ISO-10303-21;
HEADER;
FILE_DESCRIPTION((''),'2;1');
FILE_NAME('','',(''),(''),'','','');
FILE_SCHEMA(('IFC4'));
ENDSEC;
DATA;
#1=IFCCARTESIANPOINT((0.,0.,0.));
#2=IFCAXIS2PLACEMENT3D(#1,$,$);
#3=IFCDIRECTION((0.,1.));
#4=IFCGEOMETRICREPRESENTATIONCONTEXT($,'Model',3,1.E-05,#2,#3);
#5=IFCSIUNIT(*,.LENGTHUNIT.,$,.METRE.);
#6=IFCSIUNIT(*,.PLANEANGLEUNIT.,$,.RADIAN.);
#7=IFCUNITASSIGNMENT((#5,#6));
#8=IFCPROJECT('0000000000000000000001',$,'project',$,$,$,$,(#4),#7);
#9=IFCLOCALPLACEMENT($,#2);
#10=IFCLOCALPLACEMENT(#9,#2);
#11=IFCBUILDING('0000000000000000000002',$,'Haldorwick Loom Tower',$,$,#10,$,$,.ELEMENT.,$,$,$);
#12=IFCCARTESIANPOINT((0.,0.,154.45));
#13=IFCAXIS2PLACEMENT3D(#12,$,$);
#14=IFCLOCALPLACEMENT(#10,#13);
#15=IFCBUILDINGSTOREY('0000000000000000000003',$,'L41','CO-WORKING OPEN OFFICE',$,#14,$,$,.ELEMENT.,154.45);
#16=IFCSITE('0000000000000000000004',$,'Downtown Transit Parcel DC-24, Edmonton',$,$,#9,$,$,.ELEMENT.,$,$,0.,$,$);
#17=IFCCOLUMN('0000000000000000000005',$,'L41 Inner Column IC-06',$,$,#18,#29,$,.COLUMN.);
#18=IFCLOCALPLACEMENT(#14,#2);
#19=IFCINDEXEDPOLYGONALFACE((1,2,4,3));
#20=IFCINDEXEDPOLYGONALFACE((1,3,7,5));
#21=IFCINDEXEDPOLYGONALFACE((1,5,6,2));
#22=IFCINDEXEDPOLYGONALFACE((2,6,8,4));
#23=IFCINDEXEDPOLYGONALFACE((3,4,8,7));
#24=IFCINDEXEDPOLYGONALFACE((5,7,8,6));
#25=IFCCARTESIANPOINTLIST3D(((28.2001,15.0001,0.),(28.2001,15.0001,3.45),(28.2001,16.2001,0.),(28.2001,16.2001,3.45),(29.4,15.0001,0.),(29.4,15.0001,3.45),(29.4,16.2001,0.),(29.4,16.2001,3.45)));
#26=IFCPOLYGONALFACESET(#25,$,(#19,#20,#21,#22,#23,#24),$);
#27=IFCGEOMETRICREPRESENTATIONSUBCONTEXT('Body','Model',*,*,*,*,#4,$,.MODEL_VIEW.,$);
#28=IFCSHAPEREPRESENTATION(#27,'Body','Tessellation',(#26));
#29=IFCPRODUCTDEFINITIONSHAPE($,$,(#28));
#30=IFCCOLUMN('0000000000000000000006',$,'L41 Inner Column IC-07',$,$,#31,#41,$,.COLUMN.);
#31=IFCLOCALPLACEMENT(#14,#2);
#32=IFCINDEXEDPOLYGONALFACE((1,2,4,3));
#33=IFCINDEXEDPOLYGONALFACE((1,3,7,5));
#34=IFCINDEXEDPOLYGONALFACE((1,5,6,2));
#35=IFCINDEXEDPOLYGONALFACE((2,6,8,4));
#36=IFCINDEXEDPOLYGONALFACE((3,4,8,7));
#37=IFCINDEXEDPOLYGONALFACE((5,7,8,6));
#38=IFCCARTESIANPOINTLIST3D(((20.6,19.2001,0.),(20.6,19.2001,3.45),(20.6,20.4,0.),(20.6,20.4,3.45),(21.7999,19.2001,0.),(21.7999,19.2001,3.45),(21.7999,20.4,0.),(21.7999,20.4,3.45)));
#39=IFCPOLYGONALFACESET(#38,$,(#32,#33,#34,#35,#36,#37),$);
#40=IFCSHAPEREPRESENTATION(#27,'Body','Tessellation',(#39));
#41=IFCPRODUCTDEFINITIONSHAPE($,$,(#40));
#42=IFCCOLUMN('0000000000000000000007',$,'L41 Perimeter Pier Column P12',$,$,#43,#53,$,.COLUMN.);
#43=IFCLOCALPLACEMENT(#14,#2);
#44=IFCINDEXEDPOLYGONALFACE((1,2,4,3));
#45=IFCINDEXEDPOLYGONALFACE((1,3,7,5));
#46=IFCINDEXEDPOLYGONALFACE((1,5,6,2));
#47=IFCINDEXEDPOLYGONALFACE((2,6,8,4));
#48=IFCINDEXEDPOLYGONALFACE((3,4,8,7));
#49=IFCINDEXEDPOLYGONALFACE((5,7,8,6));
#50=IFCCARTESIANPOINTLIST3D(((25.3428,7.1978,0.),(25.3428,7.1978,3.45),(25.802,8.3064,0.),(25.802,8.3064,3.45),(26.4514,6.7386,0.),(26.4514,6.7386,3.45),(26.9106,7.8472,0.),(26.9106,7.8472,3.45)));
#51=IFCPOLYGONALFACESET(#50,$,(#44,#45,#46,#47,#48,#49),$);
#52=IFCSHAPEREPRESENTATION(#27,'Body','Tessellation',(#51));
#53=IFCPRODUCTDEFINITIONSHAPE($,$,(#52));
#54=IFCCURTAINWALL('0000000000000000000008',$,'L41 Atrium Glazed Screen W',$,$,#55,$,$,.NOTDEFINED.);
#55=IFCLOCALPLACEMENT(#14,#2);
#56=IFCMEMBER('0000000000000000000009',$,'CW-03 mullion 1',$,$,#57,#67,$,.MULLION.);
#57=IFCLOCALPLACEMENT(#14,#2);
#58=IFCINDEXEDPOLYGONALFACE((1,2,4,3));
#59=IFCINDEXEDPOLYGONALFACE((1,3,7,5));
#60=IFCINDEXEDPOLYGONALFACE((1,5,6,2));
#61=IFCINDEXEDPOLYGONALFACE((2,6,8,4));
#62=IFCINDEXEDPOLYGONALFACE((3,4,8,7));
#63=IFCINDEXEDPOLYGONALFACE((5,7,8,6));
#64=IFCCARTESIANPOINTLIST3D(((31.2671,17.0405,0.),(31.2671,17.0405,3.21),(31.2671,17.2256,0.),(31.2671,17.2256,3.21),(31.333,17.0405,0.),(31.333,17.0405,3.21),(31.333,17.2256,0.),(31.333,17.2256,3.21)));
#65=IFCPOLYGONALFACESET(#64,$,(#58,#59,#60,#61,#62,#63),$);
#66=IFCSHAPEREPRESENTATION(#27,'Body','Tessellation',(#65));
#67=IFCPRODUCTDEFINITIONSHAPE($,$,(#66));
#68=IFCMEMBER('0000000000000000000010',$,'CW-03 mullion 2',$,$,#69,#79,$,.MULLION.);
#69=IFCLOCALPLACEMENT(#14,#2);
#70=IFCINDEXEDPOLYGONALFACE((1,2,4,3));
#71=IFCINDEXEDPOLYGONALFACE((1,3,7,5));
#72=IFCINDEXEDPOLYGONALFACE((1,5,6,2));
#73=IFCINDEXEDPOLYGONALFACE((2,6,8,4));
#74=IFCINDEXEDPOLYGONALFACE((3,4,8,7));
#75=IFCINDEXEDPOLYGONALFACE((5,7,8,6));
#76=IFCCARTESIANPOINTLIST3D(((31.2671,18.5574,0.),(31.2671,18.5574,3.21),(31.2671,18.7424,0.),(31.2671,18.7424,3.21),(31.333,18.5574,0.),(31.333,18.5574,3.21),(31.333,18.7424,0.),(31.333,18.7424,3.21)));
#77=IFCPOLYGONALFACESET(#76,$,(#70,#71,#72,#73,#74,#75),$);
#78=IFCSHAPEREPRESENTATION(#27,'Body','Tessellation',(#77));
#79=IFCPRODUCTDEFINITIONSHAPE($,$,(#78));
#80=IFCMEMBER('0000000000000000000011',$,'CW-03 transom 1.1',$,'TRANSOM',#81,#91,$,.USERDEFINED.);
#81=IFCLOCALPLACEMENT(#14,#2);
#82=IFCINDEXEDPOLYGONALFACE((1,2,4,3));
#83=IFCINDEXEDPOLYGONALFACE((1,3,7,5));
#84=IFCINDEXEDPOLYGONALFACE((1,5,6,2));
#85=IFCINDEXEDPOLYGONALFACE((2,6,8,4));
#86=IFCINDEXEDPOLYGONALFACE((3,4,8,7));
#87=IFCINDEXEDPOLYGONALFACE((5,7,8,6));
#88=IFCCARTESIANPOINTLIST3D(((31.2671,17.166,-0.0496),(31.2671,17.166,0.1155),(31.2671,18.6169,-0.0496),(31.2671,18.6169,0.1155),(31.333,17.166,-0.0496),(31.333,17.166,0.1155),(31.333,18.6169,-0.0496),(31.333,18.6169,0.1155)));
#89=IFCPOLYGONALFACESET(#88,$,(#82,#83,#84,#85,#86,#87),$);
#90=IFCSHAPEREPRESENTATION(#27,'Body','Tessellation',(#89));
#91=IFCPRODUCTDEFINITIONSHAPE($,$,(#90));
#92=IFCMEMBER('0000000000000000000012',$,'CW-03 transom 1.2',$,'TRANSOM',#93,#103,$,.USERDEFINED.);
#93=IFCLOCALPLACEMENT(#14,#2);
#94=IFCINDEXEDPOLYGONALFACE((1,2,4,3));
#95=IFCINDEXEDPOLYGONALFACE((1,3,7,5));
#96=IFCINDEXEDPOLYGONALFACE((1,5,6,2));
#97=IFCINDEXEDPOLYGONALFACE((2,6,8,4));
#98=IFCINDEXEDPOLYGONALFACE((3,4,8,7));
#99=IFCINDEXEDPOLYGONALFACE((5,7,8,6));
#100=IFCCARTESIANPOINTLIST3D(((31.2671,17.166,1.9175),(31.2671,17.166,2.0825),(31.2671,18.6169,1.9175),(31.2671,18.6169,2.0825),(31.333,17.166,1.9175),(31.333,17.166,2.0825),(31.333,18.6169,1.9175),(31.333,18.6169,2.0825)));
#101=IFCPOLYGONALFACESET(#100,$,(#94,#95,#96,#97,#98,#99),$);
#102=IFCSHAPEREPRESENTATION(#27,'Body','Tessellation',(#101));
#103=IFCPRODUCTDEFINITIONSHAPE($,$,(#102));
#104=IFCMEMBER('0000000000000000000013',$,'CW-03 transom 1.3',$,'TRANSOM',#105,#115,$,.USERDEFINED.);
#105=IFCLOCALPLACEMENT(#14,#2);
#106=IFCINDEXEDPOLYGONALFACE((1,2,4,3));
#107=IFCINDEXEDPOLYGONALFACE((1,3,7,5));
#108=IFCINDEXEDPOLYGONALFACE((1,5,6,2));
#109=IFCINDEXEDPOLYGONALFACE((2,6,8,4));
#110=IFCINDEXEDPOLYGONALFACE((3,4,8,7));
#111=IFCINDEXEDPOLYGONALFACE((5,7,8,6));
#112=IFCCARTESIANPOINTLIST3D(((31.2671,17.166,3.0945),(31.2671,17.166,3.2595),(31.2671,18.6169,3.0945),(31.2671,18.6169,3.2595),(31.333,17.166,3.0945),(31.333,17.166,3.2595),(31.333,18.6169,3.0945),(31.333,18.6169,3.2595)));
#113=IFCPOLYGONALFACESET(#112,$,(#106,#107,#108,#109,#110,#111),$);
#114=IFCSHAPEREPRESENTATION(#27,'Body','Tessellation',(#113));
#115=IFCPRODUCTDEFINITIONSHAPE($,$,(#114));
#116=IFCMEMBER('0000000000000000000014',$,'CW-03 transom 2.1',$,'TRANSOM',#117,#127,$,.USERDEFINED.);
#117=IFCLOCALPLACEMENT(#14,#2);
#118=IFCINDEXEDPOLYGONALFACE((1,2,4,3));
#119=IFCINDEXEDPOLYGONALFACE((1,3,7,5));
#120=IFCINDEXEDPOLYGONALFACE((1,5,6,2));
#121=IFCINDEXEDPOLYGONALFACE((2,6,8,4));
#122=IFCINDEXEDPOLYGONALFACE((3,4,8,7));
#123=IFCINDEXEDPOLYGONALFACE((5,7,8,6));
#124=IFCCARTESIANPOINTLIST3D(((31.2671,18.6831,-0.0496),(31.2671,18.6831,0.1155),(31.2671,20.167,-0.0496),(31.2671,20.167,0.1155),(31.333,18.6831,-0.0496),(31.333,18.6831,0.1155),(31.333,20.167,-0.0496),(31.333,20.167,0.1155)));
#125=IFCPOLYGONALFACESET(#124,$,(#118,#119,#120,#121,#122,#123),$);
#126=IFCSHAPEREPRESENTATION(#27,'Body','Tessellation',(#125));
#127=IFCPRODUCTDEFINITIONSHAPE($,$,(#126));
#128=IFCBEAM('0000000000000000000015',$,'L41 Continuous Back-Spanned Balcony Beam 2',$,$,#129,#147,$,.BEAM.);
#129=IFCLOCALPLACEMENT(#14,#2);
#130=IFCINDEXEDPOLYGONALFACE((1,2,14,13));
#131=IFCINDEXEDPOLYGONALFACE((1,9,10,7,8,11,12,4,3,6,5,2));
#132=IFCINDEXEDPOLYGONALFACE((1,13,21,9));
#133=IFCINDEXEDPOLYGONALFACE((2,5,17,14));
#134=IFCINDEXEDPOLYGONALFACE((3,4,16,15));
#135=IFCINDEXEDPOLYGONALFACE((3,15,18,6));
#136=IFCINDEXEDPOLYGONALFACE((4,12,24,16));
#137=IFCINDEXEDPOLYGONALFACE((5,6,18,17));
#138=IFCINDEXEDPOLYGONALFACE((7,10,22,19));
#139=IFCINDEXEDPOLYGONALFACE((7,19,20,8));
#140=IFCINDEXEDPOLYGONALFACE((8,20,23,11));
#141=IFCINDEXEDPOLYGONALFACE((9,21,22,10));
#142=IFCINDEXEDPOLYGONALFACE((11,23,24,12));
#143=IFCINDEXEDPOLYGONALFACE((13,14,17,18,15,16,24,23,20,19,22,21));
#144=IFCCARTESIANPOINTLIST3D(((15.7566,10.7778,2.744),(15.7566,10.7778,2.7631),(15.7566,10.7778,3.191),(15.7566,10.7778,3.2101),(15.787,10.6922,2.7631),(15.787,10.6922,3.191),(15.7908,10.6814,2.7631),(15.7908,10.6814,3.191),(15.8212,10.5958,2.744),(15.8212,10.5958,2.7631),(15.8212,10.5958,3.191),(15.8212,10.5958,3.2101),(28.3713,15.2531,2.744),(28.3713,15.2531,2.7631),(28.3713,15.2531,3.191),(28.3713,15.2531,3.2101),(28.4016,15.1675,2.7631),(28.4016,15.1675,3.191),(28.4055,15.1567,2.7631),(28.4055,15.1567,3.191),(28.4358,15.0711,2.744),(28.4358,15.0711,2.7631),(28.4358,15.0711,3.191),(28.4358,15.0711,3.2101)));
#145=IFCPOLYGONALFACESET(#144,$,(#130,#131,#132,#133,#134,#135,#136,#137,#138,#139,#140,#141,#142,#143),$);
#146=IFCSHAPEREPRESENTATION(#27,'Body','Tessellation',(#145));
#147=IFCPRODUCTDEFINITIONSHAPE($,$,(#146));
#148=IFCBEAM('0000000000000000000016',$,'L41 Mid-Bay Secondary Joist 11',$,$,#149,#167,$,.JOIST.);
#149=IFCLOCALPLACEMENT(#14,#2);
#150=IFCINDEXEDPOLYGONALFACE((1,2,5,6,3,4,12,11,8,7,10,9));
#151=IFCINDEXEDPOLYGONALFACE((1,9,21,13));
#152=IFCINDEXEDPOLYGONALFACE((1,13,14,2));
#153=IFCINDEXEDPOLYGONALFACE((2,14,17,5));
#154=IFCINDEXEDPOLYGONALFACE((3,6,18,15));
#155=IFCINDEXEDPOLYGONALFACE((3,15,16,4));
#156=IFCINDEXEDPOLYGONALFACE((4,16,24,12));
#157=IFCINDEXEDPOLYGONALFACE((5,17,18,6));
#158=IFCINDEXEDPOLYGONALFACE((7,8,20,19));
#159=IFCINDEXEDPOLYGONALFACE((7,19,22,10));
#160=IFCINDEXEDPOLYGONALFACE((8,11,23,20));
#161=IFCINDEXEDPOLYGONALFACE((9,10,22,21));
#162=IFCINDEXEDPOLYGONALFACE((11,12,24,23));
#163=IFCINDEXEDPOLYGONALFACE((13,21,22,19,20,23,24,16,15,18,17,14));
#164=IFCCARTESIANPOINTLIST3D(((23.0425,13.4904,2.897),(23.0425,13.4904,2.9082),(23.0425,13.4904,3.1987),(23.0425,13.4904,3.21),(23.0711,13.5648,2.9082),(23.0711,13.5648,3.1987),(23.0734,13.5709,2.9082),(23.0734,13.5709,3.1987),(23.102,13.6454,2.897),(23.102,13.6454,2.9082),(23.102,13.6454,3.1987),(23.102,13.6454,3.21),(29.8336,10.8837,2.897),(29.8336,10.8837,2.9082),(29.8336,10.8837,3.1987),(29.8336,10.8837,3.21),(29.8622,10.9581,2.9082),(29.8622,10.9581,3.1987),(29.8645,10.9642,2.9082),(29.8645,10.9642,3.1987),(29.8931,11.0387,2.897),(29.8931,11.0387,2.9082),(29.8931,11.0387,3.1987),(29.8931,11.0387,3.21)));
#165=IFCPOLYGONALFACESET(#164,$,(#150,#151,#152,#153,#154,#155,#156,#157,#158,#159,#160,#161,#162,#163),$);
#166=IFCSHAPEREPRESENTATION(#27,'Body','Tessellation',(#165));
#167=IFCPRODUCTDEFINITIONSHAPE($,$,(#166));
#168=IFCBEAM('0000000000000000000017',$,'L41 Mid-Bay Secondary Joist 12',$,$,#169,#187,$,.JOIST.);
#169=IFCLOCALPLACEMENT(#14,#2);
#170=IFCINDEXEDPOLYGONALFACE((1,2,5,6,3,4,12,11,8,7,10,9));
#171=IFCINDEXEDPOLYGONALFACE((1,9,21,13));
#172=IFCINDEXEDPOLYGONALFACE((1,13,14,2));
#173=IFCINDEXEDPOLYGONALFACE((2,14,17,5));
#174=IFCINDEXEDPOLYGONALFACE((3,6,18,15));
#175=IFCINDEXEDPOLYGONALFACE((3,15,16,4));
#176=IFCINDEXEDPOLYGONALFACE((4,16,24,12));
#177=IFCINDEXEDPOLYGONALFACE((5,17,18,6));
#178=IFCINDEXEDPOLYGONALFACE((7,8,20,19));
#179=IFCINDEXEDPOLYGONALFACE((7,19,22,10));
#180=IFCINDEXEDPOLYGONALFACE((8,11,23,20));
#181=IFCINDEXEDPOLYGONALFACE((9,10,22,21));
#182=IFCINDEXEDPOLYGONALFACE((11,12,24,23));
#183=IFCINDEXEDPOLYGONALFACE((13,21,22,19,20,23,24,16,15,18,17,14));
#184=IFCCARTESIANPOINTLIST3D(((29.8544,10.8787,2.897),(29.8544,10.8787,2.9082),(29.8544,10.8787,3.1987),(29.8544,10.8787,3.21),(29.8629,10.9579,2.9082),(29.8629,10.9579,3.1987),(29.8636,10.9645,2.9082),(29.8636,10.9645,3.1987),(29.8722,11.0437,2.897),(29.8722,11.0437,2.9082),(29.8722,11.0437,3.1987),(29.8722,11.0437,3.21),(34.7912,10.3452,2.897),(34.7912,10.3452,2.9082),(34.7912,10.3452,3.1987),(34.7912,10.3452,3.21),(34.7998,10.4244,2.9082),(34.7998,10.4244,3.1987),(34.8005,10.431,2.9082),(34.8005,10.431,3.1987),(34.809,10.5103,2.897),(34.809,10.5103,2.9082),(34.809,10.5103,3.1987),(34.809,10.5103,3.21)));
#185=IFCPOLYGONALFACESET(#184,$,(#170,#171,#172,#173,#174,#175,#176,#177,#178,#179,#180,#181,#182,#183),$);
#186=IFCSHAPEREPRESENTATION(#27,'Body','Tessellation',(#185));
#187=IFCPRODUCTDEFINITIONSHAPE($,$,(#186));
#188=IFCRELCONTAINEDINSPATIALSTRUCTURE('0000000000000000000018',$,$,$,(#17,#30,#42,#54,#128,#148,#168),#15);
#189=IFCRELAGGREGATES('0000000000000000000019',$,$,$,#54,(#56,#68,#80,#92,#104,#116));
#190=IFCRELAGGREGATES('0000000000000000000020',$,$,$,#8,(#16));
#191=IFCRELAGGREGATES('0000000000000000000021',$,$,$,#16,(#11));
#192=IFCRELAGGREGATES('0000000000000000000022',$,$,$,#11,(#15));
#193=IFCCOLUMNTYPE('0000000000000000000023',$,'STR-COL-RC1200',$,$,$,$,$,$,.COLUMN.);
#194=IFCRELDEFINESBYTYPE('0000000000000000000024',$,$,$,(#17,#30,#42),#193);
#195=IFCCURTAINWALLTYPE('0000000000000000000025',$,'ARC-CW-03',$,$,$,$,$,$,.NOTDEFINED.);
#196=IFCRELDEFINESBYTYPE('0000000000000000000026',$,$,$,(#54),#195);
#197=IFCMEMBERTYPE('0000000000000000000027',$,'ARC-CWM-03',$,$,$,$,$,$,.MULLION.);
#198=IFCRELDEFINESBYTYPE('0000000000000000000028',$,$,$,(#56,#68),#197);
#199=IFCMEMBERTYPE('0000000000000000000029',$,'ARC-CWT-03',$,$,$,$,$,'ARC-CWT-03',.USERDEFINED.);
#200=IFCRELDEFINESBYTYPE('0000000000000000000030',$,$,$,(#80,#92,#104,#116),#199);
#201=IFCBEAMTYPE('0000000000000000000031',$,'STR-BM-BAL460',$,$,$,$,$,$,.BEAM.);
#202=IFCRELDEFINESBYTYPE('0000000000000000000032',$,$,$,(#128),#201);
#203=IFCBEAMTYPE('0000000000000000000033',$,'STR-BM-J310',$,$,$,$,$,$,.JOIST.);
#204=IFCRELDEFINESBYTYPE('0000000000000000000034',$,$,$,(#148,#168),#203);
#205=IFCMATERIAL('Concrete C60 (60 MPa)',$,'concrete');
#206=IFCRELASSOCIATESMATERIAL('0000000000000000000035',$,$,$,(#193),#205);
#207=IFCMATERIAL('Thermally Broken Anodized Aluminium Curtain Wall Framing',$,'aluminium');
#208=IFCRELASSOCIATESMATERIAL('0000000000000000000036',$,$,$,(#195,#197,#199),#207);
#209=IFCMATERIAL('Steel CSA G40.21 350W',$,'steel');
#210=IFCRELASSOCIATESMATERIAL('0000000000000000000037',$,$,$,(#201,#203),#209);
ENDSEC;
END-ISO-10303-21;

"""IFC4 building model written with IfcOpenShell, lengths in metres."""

from ifc_helpers import new_model, si_unit, direction, frame, origin, origin_2d, place, context, subcontext, project, spatial, rectangle, i_section, extrude, material, material_profile, profile_set, type_object, element, aggregate, save


model = new_model("IFC4")

# Units and contexts
model_context = context("Model", 3, precision=1e-05, world=origin(), true_north=direction((0.0, 1.0)))
body_context = subcontext(model_context, "Body", "Model", "MODEL_VIEW")
ifc_project = project(units=[si_unit("LENGTHUNIT", "METRE"), si_unit("PLANEANGLEUNIT", "RADIAN")], contexts=[model_context])

# Site, building, storey
site_placement = place(None, origin())
site = spatial("IfcSite", under=ifc_project, at=site_placement, Name="Downtown Transit Parcel DC-24, Edmonton", CompositionType="ELEMENT", RefElevation=0.0)
building_placement = place(site_placement, origin())
building = spatial("IfcBuilding", under=site, at=building_placement, Name="Haldorwick Loom Tower", CompositionType="ELEMENT")
storey_placement = place(building_placement, frame((0.0, 0.0, 154.45)))
storey = spatial("IfcBuildingStorey", under=building, at=storey_placement, Name="L41", Description="CO-WORKING OPEN OFFICE", CompositionType="ELEMENT", Elevation=154.45)

# Columns
ifc_material_1 = material(Name="Concrete C60 (60 MPa)", Category="concrete")
ifc_material_profile_1 = material_profile(ifc_material_1, rectangle(XDim=1.2, YDim=1.2, at=origin_2d()), Name="RC1200X1200", Category="concrete")
ifc_profile_set_1 = profile_set([ifc_material_profile_1], Name="Concrete C60 (60 MPa)")
column_type = type_object("IfcColumnType", Name="STR-COL-RC1200", PredefinedType="COLUMN", material=ifc_profile_set_1)
for number, where, z_axis, x_axis, name in (
    (1, (28.8, 15.6001, 0.0), (0.0, 0.0, 1.0), (1.0, 0.0, 0.0), "L41 Inner Column IC-06"),
    (2, (21.2, 19.8, 0.0), (0.0, 0.0, 1.0), (1.0, 0.0, 0.0), "L41 Inner Column IC-07"),
    (3, (26.1267, 7.5225, 0.0), (0.0, 0.0, 1.0), (-0.382683, -0.92388, 0.0), "L41 Perimeter Pier Column P12"),
):
    element("IfcColumn", number, at=place(storey_placement, frame(where, z_axis=z_axis, x_axis=x_axis)), inside=storey, type_object=column_type, Name=name, PredefinedType="COLUMN", context=body_context, shape_type="SweptSolid", body=[
        extrude(rectangle(XDim=1.2, YDim=1.2, at=origin_2d()), origin(), (0.0, 0.0, 1.0), 3.45),
    ])

# Curtain wall, members
ifc_material_2 = material(Name="Thermally Broken Anodized Aluminium Curtain Wall Framing", Category="aluminium")
curtain_wall_type = type_object("IfcCurtainWallType", Name="ARC-CW-03", PredefinedType="NOTDEFINED", material=ifc_material_2)
curtain_wall_placement = place(storey_placement, origin())
curtain_wall = element("IfcCurtainWall", 4, at=curtain_wall_placement, inside=storey, type_object=curtain_wall_type, Name="L41 Atrium Glazed Screen W", PredefinedType="NOTDEFINED")
ifc_material_profile_2 = material_profile(ifc_material_2, rectangle(XDim=0.0659, YDim=0.1851, at=origin_2d()), Name="ALU_MUL_66X185", Category="aluminium")
ifc_profile_set_2 = profile_set([ifc_material_profile_2], Name="Thermally Broken Anodized Aluminium Curtain Wall Framing")
member_type_1 = type_object("IfcMemberType", Name="ARC-CWM-03", PredefinedType="MULLION", material=ifc_profile_set_2)
member_1_placement = place(storey_placement, frame((31.3, 17.1331, 0.0), z_axis=(0.0, 0.0, 1.0), x_axis=(-1.0, 0.0, 0.0)))
member_1 = element("IfcMember", 5, at=member_1_placement, type_object=member_type_1, Name="CW-03 mullion 1", PredefinedType="MULLION", context=body_context, shape_type="SweptSolid", body=[
    extrude(rectangle(XDim=0.0659, YDim=0.1851, at=origin_2d()), origin(), (0.0, 0.0, 1.0), 3.21),
])
member_2_placement = place(storey_placement, frame((31.3, 18.6499, 0.0), z_axis=(0.0, 0.0, 1.0), x_axis=(-1.0, 0.0, 0.0)))
member_2 = element("IfcMember", 6, at=member_2_placement, type_object=member_type_1, Name="CW-03 mullion 2", PredefinedType="MULLION", context=body_context, shape_type="SweptSolid", body=[
    extrude(rectangle(XDim=0.0659, YDim=0.1851, at=origin_2d()), origin(), (0.0, 0.0, 1.0), 3.21),
])
ifc_material_profile_3 = material_profile(ifc_material_2, rectangle(XDim=0.0659, YDim=0.165, at=origin_2d()), Name="ALU_TRN_66X165", Category="aluminium")
ifc_profile_set_3 = profile_set([ifc_material_profile_3], Name="Thermally Broken Anodized Aluminium Curtain Wall Framing")
member_type_2 = type_object("IfcMemberType", Name="ARC-CWT-03", ElementType="ARC-CWT-03", PredefinedType="USERDEFINED", material=ifc_profile_set_3)
member_3_placement = place(storey_placement, frame((31.3, 17.166, 0.033), z_axis=(0.0, 1.0, 0.0), x_axis=(-1.0, 0.0, 0.0)))
member_3 = element("IfcMember", 7, at=member_3_placement, type_object=member_type_2, Name="CW-03 transom 1.1", ObjectType="TRANSOM", PredefinedType="USERDEFINED", context=body_context, shape_type="SweptSolid", body=[
    extrude(rectangle(XDim=0.0659, YDim=0.165, at=origin_2d()), origin(), (0.0, 0.0, 1.0), 1.4509),
])
member_4_placement = place(storey_placement, frame((31.3, 17.166, 2.0), z_axis=(0.0, 1.0, 0.0), x_axis=(-1.0, 0.0, 0.0)))
member_4 = element("IfcMember", 8, at=member_4_placement, type_object=member_type_2, Name="CW-03 transom 1.2", ObjectType="TRANSOM", PredefinedType="USERDEFINED", context=body_context, shape_type="SweptSolid", body=[
    extrude(rectangle(XDim=0.0659, YDim=0.165, at=origin_2d()), origin(), (0.0, 0.0, 1.0), 1.4509),
])
member_5_placement = place(storey_placement, frame((31.3, 17.166, 3.177), z_axis=(0.0, 1.0, 0.0), x_axis=(-1.0, 0.0, 0.0)))
member_5 = element("IfcMember", 9, at=member_5_placement, type_object=member_type_2, Name="CW-03 transom 1.3", ObjectType="TRANSOM", PredefinedType="USERDEFINED", context=body_context, shape_type="SweptSolid", body=[
    extrude(rectangle(XDim=0.0659, YDim=0.165, at=origin_2d()), origin(), (0.0, 0.0, 1.0), 1.4509),
])
member_6_placement = place(storey_placement, frame((31.3, 18.6831, 0.033), z_axis=(0.0, 1.0, 0.0), x_axis=(-1.0, 0.0, 0.0)))
member_6 = element("IfcMember", 10, at=member_6_placement, type_object=member_type_2, Name="CW-03 transom 2.1", ObjectType="TRANSOM", PredefinedType="USERDEFINED", context=body_context, shape_type="SweptSolid", body=[
    extrude(rectangle(XDim=0.0659, YDim=0.165, at=origin_2d()), origin(), (0.0, 0.0, 1.0), 1.4839),
])

# Beams
ifc_material_3 = material(Name="Steel CSA G40.21 350W", Category="steel")
ifc_material_profile_4 = material_profile(ifc_material_3, i_section(OverallWidth=0.1931, OverallDepth=0.4661, WebThickness=0.0115, FlangeThickness=0.019, at=origin_2d()), Name="W460X97", Category="steel")
ifc_profile_set_4 = profile_set([ifc_material_profile_4], Name="Steel CSA G40.21 350W")
beam_type_1 = type_object("IfcBeamType", Name="STR-BM-BAL460", PredefinedType="BEAM", material=ifc_profile_set_4)
beam_1_placement = place(storey_placement, frame((28.4036, 15.1621, 2.9771), z_axis=(-0.942448, -0.334353, 0.0), x_axis=(0.334353, -0.942448, 0.0)))
element("IfcBeam", 11, at=beam_1_placement, inside=storey, type_object=beam_type_1, Name="L41 Continuous Back-Spanned Balcony Beam 2", PredefinedType="BEAM", context=body_context, shape_type="SweptSolid", body=[
    extrude(i_section(OverallWidth=0.1931, OverallDepth=0.4661, WebThickness=0.0115, FlangeThickness=0.019, at=origin_2d()), origin(), (0.0, 0.0, 1.0), 13.385),
])
ifc_material_profile_5 = material_profile(ifc_material_3, i_section(OverallWidth=0.166, OverallDepth=0.313, WebThickness=0.0066, FlangeThickness=0.0112, at=origin_2d()), Name="W310X45", Category="steel")
ifc_profile_set_5 = profile_set([ifc_material_profile_5], Name="Steel CSA G40.21 350W")
beam_type_2 = type_object("IfcBeamType", Name="STR-BM-J310", PredefinedType="JOIST", material=ifc_profile_set_5)
beam_2_placement = place(storey_placement, frame((23.0723, 13.5679, 3.0535), z_axis=(0.933587, -0.358352, 0.0), x_axis=(0.358352, 0.933587, 0.0)))
element("IfcBeam", 12, at=beam_2_placement, inside=storey, type_object=beam_type_2, Name="L41 Mid-Bay Secondary Joist 11", PredefinedType="JOIST", context=body_context, shape_type="SweptSolid", body=[
    extrude(i_section(OverallWidth=0.166, OverallDepth=0.313, WebThickness=0.0066, FlangeThickness=0.0112, at=origin_2d()), origin(), (0.0, 0.0, 1.0), 7.2742),
])
beam_3_placement = place(storey_placement, frame((29.8633, 10.9612, 3.0535), z_axis=(0.994213, -0.107431, 0.0), x_axis=(0.107431, 0.994213, 0.0)))
element("IfcBeam", 13, at=beam_3_placement, inside=storey, type_object=beam_type_2, Name="L41 Mid-Bay Secondary Joist 12", PredefinedType="JOIST", context=body_context, shape_type="SweptSolid", body=[
    extrude(i_section(OverallWidth=0.166, OverallDepth=0.313, WebThickness=0.0066, FlangeThickness=0.0112, at=origin_2d()), origin(), (0.0, 0.0, 1.0), 4.9656),
])

aggregate(curtain_wall, [member_1, member_2, member_3, member_4, member_5, member_6])

save(model, "model.ifc")
